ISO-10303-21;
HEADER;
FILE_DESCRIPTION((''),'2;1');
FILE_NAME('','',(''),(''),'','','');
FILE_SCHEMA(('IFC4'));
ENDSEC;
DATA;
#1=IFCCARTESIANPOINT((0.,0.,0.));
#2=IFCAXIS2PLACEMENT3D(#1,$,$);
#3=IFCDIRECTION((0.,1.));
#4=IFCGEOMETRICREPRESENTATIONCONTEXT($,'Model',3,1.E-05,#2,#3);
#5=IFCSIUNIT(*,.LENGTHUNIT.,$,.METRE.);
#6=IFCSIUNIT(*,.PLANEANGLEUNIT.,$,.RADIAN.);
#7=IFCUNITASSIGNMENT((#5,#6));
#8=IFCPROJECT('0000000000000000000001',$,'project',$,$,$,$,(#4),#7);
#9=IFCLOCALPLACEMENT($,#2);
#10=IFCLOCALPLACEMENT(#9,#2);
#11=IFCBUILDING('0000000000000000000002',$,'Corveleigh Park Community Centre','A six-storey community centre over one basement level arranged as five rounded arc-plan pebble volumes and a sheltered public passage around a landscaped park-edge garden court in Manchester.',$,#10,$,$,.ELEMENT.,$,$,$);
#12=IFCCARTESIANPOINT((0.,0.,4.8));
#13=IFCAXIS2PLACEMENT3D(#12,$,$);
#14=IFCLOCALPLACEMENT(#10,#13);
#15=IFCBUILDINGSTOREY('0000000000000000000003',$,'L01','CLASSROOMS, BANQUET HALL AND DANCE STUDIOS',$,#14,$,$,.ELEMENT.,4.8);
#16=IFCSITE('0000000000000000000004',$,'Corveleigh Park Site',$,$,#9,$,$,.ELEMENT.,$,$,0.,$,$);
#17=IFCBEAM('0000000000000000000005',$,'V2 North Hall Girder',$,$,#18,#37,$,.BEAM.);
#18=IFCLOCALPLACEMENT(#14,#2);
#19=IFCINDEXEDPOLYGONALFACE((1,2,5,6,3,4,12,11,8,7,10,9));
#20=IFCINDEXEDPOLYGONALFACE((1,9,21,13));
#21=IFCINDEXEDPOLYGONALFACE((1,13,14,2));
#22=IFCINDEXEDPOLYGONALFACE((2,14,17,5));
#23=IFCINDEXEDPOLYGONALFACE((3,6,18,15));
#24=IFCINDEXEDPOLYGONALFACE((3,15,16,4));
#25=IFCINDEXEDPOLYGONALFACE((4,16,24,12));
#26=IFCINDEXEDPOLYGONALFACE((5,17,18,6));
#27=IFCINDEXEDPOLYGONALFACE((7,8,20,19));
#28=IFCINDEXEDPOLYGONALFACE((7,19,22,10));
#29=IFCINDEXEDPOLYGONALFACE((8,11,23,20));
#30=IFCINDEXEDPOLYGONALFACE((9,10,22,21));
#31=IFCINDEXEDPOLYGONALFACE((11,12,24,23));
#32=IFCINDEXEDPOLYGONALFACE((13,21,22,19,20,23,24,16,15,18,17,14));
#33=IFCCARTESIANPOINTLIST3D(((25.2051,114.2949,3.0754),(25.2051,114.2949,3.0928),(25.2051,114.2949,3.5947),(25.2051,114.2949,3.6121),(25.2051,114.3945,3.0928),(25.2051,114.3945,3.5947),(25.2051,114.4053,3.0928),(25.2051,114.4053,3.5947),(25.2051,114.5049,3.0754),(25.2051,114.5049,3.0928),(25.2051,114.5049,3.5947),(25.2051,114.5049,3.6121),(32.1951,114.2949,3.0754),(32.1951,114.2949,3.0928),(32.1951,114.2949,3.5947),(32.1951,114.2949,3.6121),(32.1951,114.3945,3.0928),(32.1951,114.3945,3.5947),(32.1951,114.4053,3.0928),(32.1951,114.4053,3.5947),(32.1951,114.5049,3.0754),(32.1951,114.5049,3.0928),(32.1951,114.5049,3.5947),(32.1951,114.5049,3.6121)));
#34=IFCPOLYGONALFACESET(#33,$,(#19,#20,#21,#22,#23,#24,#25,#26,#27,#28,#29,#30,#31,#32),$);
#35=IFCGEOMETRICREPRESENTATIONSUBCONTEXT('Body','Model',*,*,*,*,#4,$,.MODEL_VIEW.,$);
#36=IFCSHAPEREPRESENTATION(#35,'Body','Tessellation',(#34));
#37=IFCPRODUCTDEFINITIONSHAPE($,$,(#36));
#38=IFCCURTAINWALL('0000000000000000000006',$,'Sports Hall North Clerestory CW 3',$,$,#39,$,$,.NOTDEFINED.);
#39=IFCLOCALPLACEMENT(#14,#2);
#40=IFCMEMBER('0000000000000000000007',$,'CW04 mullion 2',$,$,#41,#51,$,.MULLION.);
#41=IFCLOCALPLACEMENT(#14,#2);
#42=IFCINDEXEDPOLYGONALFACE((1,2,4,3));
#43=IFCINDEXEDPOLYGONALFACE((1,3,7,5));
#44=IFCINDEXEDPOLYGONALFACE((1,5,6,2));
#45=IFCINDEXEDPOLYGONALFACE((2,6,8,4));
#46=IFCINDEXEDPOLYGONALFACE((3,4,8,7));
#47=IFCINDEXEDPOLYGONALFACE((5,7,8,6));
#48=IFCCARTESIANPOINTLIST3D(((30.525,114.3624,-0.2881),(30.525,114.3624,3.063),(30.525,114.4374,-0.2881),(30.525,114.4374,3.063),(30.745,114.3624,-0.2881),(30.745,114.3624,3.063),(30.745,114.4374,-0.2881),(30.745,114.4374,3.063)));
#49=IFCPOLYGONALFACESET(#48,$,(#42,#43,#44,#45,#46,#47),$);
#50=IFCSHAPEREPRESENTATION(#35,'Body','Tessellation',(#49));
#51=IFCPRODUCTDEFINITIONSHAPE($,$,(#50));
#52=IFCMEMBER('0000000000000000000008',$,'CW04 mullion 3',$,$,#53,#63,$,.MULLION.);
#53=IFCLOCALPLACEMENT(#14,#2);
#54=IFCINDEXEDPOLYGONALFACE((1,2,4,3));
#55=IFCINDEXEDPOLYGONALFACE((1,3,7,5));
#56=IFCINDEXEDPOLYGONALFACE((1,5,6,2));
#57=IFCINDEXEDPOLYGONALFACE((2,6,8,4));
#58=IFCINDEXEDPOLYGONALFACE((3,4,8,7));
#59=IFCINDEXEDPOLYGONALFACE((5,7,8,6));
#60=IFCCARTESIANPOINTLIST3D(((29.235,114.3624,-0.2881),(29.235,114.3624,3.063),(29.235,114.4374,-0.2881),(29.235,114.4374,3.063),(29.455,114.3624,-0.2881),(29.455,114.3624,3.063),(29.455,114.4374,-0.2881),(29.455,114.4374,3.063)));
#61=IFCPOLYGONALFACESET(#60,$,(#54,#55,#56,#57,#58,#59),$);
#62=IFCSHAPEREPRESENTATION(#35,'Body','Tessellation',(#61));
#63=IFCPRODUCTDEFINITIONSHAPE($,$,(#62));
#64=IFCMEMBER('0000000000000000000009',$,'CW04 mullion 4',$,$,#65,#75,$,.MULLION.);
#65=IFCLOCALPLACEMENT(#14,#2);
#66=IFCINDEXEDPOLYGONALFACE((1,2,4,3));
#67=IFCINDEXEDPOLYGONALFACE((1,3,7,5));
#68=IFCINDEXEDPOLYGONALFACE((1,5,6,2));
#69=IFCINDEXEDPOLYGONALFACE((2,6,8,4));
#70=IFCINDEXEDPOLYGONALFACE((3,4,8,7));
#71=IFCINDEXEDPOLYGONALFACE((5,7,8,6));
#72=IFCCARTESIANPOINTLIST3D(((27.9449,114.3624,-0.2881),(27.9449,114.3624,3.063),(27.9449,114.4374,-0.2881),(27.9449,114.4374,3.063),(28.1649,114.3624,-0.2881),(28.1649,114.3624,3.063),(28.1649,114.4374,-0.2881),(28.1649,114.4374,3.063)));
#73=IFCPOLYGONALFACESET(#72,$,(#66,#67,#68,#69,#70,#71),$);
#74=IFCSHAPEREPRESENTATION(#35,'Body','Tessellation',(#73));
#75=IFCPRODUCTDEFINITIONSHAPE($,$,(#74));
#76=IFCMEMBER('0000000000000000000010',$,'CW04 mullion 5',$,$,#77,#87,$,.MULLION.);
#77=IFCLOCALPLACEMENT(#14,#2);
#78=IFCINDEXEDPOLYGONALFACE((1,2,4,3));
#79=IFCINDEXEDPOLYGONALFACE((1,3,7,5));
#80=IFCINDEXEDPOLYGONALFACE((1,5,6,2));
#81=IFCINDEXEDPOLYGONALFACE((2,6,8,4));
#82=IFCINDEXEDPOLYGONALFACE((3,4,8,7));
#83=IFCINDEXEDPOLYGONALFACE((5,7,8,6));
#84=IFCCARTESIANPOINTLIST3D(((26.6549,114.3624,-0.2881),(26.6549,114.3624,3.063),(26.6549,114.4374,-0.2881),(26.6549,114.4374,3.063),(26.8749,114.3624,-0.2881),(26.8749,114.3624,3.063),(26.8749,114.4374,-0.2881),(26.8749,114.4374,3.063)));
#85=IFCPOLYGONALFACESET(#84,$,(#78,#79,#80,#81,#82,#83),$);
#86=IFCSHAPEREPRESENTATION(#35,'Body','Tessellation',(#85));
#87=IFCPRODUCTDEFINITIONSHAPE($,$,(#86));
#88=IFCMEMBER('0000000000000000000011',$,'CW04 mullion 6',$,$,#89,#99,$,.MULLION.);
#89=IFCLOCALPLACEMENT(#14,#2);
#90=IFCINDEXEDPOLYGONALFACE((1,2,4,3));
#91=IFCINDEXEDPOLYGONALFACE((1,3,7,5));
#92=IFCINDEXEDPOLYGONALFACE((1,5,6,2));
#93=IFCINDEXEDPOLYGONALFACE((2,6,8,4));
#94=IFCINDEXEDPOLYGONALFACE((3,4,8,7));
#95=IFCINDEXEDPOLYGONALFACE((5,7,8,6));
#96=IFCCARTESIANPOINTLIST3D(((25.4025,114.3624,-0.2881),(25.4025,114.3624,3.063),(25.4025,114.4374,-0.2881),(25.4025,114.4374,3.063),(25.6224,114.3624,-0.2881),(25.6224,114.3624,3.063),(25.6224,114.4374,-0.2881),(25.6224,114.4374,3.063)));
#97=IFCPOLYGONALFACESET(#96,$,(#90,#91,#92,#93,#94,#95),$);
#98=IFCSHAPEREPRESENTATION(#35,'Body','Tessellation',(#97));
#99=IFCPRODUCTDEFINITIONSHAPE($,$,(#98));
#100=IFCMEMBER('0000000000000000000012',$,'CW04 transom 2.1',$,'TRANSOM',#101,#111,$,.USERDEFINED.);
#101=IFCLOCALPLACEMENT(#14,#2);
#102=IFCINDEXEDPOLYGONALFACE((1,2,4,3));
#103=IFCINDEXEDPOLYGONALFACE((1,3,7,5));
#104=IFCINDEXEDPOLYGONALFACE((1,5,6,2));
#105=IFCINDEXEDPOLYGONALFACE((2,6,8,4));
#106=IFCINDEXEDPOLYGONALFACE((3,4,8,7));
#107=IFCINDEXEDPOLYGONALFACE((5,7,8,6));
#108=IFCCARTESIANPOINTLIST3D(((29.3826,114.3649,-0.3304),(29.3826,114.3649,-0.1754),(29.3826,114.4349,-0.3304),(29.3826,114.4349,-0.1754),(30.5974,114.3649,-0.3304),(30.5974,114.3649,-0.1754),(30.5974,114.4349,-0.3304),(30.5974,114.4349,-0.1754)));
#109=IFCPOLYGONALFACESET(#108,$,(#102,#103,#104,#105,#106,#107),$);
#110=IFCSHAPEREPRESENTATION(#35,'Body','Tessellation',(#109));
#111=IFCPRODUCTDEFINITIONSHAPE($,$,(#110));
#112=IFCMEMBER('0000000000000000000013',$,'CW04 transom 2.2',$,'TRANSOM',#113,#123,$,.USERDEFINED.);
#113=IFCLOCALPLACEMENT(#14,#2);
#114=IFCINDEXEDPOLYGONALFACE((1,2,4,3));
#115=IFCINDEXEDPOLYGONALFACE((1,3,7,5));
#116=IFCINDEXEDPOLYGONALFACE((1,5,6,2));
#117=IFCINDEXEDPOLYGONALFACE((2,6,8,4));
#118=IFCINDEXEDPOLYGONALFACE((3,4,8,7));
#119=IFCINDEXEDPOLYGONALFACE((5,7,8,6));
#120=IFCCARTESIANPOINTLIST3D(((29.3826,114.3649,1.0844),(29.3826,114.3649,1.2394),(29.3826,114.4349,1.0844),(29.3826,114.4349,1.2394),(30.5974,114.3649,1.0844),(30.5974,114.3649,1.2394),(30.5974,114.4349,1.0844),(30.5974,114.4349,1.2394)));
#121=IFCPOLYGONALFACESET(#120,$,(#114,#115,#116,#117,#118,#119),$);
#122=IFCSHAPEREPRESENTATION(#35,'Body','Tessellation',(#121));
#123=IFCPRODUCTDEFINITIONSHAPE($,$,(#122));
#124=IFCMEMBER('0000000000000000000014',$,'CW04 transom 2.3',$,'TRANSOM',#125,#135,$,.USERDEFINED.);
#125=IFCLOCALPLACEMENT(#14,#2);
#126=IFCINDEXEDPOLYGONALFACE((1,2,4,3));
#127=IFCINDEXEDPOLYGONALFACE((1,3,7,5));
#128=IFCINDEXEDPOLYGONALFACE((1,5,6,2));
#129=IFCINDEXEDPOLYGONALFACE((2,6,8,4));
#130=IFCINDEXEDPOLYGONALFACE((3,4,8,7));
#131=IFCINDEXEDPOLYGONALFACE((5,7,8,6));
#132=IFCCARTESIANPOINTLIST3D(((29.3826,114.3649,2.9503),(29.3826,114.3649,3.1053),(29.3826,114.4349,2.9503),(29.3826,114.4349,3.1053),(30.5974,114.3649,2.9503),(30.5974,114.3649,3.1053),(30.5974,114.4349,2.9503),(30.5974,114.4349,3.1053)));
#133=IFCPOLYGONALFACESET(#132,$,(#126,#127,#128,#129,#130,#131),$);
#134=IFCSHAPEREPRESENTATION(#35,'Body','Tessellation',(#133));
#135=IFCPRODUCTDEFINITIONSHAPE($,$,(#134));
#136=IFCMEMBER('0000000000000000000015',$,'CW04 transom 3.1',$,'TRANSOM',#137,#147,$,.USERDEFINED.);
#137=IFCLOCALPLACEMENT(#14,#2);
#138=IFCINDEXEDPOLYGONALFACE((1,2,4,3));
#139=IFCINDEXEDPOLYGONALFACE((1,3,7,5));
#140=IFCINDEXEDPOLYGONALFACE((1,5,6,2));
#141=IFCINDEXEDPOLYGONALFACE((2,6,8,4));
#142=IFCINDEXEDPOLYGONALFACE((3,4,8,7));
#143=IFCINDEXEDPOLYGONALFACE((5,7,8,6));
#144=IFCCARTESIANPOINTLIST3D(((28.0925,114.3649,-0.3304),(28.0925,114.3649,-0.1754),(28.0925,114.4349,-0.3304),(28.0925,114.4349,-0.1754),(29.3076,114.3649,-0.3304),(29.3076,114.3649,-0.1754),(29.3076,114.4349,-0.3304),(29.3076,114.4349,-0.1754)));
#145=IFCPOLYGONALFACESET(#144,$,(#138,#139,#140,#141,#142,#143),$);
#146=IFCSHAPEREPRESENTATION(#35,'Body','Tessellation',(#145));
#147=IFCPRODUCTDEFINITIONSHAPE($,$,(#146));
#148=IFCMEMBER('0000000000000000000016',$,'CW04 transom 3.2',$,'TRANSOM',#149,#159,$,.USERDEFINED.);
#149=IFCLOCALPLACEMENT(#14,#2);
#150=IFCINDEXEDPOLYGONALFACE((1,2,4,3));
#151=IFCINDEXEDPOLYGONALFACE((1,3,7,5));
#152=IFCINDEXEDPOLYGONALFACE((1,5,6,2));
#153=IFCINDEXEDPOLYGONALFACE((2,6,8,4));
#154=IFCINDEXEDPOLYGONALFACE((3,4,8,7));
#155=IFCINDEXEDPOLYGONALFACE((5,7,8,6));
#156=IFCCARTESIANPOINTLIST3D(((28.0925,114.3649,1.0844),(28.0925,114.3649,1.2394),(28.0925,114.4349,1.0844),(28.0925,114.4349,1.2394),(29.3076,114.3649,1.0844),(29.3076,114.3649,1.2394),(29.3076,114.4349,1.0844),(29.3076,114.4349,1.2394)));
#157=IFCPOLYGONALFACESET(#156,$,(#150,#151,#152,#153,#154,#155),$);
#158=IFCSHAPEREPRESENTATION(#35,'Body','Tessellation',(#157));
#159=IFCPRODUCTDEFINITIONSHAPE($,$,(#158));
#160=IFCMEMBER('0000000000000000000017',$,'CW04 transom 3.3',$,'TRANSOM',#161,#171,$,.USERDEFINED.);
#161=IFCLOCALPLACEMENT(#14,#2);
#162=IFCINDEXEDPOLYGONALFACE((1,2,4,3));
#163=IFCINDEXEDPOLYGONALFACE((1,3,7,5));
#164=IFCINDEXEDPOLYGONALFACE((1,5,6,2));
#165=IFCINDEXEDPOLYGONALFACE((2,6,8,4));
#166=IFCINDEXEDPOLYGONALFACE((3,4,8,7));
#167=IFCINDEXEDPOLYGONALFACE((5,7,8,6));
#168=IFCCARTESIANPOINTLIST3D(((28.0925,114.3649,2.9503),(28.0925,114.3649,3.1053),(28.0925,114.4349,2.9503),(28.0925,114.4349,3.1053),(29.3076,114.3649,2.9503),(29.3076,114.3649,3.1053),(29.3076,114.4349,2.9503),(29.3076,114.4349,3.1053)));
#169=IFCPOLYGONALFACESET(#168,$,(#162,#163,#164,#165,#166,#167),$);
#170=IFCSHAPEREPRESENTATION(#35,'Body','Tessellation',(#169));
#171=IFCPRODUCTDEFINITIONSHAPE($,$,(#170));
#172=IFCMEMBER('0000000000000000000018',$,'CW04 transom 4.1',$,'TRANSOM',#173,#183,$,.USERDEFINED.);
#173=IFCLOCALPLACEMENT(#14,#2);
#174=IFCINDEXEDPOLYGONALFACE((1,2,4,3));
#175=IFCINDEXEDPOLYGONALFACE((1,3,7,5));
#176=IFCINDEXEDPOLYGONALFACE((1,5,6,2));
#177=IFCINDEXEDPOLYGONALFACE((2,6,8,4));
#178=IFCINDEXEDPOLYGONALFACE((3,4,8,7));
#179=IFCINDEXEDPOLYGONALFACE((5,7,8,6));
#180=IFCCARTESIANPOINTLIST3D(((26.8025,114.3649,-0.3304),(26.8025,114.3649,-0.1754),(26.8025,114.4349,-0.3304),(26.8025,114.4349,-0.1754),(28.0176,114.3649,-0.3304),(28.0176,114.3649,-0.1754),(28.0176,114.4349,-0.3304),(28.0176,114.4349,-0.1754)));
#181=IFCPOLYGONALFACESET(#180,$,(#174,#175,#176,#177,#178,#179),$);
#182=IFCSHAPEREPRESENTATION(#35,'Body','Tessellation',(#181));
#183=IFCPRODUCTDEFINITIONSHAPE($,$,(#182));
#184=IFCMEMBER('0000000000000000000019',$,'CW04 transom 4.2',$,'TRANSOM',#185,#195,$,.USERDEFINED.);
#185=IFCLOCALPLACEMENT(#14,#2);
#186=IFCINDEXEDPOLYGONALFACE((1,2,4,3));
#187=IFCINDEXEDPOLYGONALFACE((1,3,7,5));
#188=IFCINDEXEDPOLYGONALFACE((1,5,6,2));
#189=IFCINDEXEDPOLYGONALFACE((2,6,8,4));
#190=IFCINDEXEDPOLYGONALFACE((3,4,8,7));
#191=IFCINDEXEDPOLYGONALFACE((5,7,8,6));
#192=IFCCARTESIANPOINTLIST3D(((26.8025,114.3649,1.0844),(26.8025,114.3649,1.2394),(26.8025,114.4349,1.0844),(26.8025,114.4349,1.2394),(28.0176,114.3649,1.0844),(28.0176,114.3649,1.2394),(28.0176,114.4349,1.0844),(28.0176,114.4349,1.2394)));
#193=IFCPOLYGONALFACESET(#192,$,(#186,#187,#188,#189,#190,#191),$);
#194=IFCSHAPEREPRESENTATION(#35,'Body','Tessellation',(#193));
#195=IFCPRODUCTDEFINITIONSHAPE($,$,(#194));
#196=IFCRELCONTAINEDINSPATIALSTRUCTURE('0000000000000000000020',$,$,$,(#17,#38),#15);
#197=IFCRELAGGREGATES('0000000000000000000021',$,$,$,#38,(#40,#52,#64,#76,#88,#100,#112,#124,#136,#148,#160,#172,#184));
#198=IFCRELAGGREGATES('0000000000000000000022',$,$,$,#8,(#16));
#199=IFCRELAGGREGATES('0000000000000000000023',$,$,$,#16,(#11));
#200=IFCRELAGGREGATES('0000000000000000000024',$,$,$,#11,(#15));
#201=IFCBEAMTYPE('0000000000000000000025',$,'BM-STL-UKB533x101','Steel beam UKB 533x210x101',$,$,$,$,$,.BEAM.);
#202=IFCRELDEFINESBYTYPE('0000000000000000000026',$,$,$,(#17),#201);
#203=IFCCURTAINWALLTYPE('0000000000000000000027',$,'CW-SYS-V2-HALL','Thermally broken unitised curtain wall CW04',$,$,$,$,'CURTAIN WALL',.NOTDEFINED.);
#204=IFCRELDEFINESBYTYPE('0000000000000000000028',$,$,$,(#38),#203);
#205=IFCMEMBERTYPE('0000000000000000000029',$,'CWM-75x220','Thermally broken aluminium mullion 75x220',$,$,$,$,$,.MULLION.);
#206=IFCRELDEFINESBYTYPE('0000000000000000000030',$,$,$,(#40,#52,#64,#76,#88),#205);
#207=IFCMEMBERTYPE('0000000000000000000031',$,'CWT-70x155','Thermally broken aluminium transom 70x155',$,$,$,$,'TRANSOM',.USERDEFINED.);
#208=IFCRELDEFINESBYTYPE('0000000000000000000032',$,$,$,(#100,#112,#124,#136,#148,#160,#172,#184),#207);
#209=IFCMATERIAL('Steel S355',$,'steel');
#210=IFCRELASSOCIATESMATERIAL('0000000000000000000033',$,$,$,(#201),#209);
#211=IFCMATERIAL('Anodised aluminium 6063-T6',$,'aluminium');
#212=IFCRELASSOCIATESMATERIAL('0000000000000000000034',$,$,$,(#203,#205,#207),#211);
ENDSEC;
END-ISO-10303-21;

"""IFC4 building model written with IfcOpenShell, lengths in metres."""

from ifc_helpers import new_model, si_unit, direction, frame, origin, origin_2d, place, context, subcontext, project, spatial, rectangle, i_section, extrude, material, material_profile, profile_set, type_object, element, aggregate, save


model = new_model("IFC4")

# Units and contexts
model_context = context("Model", 3, precision=1e-05, world=origin(), true_north=direction((0.0, 1.0)))
body_context = subcontext(model_context, "Body", "Model", "MODEL_VIEW")
ifc_project = project(units=[si_unit("LENGTHUNIT", "METRE"), si_unit("PLANEANGLEUNIT", "RADIAN")], contexts=[model_context])

# Site, building, storey
site_placement = place(None, origin())
site = spatial("IfcSite", under=ifc_project, at=site_placement, Name="Corveleigh Park Site", CompositionType="ELEMENT", RefElevation=0.0)
building_placement = place(site_placement, origin())
building = spatial("IfcBuilding", under=site, at=building_placement, Name="Corveleigh Park Community Centre", Description="A six-storey community centre over one basement level arranged as five rounded arc-plan pebble volumes and a sheltered public passage around a landscaped park-edge garden court in Manchester.", CompositionType="ELEMENT")
storey_placement = place(building_placement, frame((0.0, 0.0, 4.8)))
storey = spatial("IfcBuildingStorey", under=building, at=storey_placement, Name="L01", Description="CLASSROOMS, BANQUET HALL AND DANCE STUDIOS", CompositionType="ELEMENT", Elevation=4.8)

# Beam
ifc_material_1 = material(Name="Steel S355", Category="steel")
ifc_material_profile_1 = material_profile(ifc_material_1, i_section(OverallWidth=0.21, OverallDepth=0.5366, WebThickness=0.0107, FlangeThickness=0.0173, at=origin_2d()), Name="UKB 533x210x101", Category="steel")
ifc_profile_set_1 = profile_set([ifc_material_profile_1], Name="Steel S355")
beam_type = type_object("IfcBeamType", Name="BM-STL-UKB533x101", Description="Steel beam UKB 533x210x101", PredefinedType="BEAM", material=ifc_profile_set_1)
beam_placement = place(storey_placement, frame((25.2051, 114.3999, 3.3438), z_axis=(1.0, 0.0, 0.0), x_axis=(0.0, 1.0, 0.0)))
element("IfcBeam", 1, at=beam_placement, inside=storey, type_object=beam_type, Name="V2 North Hall Girder", PredefinedType="BEAM", context=body_context, shape_type="SweptSolid", body=[
    extrude(i_section(OverallWidth=0.21, OverallDepth=0.5366, WebThickness=0.0107, FlangeThickness=0.0173, at=origin_2d()), origin(), (0.0, 0.0, 1.0), 6.99),
])

# Curtain wall, members
ifc_material_2 = material(Name="Anodised aluminium 6063-T6", Category="aluminium")
curtain_wall_type = type_object("IfcCurtainWallType", Name="CW-SYS-V2-HALL", Description="Thermally broken unitised curtain wall CW04", ElementType="CURTAIN WALL", PredefinedType="NOTDEFINED", material=ifc_material_2)
curtain_wall_placement = place(storey_placement, origin())
curtain_wall = element("IfcCurtainWall", 2, at=curtain_wall_placement, inside=storey, type_object=curtain_wall_type, Name="Sports Hall North Clerestory CW 3", PredefinedType="NOTDEFINED")
ifc_material_profile_2 = material_profile(ifc_material_2, rectangle(XDim=0.075, YDim=0.22, at=origin_2d()), Name="ALU-M75x220", Category="aluminium")
ifc_profile_set_2 = profile_set([ifc_material_profile_2], Name="Anodised aluminium 6063-T6")
member_type_1 = type_object("IfcMemberType", Name="CWM-75x220", Description="Thermally broken aluminium mullion 75x220", PredefinedType="MULLION", material=ifc_profile_set_2)
member_1_placement = place(storey_placement, frame((30.635, 114.3999, -0.2881), z_axis=(0.0, 0.0, 1.0), x_axis=(0.0, -1.0, 0.0)))
member_1 = element("IfcMember", 3, at=member_1_placement, type_object=member_type_1, Name="CW04 mullion 2", PredefinedType="MULLION", context=body_context, shape_type="SweptSolid", body=[
    extrude(rectangle(XDim=0.075, YDim=0.22, at=origin_2d()), origin(), (0.0, 0.0, 1.0), 3.3511),
])
member_2_placement = place(storey_placement, frame((29.345, 114.3999, -0.2881), z_axis=(0.0, 0.0, 1.0), x_axis=(0.0, -1.0, 0.0)))
member_2 = element("IfcMember", 4, at=member_2_placement, type_object=member_type_1, Name="CW04 mullion 3", PredefinedType="MULLION", context=body_context, shape_type="SweptSolid", body=[
    extrude(rectangle(XDim=0.075, YDim=0.22, at=origin_2d()), origin(), (0.0, 0.0, 1.0), 3.3511),
])
member_3_placement = place(storey_placement, frame((28.0549, 114.3999, -0.2881), z_axis=(0.0, 0.0, 1.0), x_axis=(0.0, -1.0, 0.0)))
member_3 = element("IfcMember", 5, at=member_3_placement, type_object=member_type_1, Name="CW04 mullion 4", PredefinedType="MULLION", context=body_context, shape_type="SweptSolid", body=[
    extrude(rectangle(XDim=0.075, YDim=0.22, at=origin_2d()), origin(), (0.0, 0.0, 1.0), 3.3511),
])
member_4_placement = place(storey_placement, frame((26.7649, 114.3999, -0.2881), z_axis=(0.0, 0.0, 1.0), x_axis=(0.0, -1.0, 0.0)))
member_4 = element("IfcMember", 6, at=member_4_placement, type_object=member_type_1, Name="CW04 mullion 5", PredefinedType="MULLION", context=body_context, shape_type="SweptSolid", body=[
    extrude(rectangle(XDim=0.075, YDim=0.22, at=origin_2d()), origin(), (0.0, 0.0, 1.0), 3.3511),
])
member_5_placement = place(storey_placement, frame((25.5125, 114.3999, -0.2881), z_axis=(0.0, 0.0, 1.0), x_axis=(0.0, -1.0, 0.0)))
member_5 = element("IfcMember", 7, at=member_5_placement, type_object=member_type_1, Name="CW04 mullion 6", PredefinedType="MULLION", context=body_context, shape_type="SweptSolid", body=[
    extrude(rectangle(XDim=0.075, YDim=0.22, at=origin_2d()), origin(), (0.0, 0.0, 1.0), 3.3511),
])
ifc_material_profile_3 = material_profile(ifc_material_2, rectangle(XDim=0.0701, YDim=0.155, at=origin_2d()), Name="ALU-T70x155", Category="aluminium")
ifc_profile_set_3 = profile_set([ifc_material_profile_3], Name="Anodised aluminium 6063-T6")
member_type_2 = type_object("IfcMemberType", Name="CWT-70x155", Description="Thermally broken aluminium transom 70x155", ElementType="TRANSOM", PredefinedType="USERDEFINED", material=ifc_profile_set_3)
member_6_placement = place(storey_placement, frame((30.5974, 114.3999, -0.2529), z_axis=(-1.0, 0.0, 0.0), x_axis=(0.0, -1.0, 0.0)))
member_6 = element("IfcMember", 8, at=member_6_placement, type_object=member_type_2, Name="CW04 transom 2.1", ObjectType="TRANSOM", PredefinedType="USERDEFINED", context=body_context, shape_type="SweptSolid", body=[
    extrude(rectangle(XDim=0.0701, YDim=0.155, at=origin_2d()), origin(), (0.0, 0.0, 1.0), 1.2148),
])
member_7_placement = place(storey_placement, frame((30.5974, 114.3999, 1.1619), z_axis=(-1.0, 0.0, 0.0), x_axis=(0.0, -1.0, 0.0)))
member_7 = element("IfcMember", 9, at=member_7_placement, type_object=member_type_2, Name="CW04 transom 2.2", ObjectType="TRANSOM", PredefinedType="USERDEFINED", context=body_context, shape_type="SweptSolid", body=[
    extrude(rectangle(XDim=0.0701, YDim=0.155, at=origin_2d()), origin(), (0.0, 0.0, 1.0), 1.2148),
])
member_8_placement = place(storey_placement, frame((30.5974, 114.3999, 3.0278), z_axis=(-1.0, 0.0, 0.0), x_axis=(0.0, -1.0, 0.0)))
member_8 = element("IfcMember", 10, at=member_8_placement, type_object=member_type_2, Name="CW04 transom 2.3", ObjectType="TRANSOM", PredefinedType="USERDEFINED", context=body_context, shape_type="SweptSolid", body=[
    extrude(rectangle(XDim=0.0701, YDim=0.155, at=origin_2d()), origin(), (0.0, 0.0, 1.0), 1.2148),
])
member_9_placement = place(storey_placement, frame((29.3076, 114.3999, -0.2529), z_axis=(-1.0, 0.0, 0.0), x_axis=(0.0, -1.0, 0.0)))
member_9 = element("IfcMember", 11, at=member_9_placement, type_object=member_type_2, Name="CW04 transom 3.1", ObjectType="TRANSOM", PredefinedType="USERDEFINED", context=body_context, shape_type="SweptSolid", body=[
    extrude(rectangle(XDim=0.0701, YDim=0.155, at=origin_2d()), origin(), (0.0, 0.0, 1.0), 1.2151),
])
member_10_placement = place(storey_placement, frame((29.3076, 114.3999, 1.1619), z_axis=(-1.0, 0.0, 0.0), x_axis=(0.0, -1.0, 0.0)))
member_10 = element("IfcMember", 12, at=member_10_placement, type_object=member_type_2, Name="CW04 transom 3.2", ObjectType="TRANSOM", PredefinedType="USERDEFINED", context=body_context, shape_type="SweptSolid", body=[
    extrude(rectangle(XDim=0.0701, YDim=0.155, at=origin_2d()), origin(), (0.0, 0.0, 1.0), 1.2151),
])
member_11_placement = place(storey_placement, frame((29.3076, 114.3999, 3.0278), z_axis=(-1.0, 0.0, 0.0), x_axis=(0.0, -1.0, 0.0)))
member_11 = element("IfcMember", 13, at=member_11_placement, type_object=member_type_2, Name="CW04 transom 3.3", ObjectType="TRANSOM", PredefinedType="USERDEFINED", context=body_context, shape_type="SweptSolid", body=[
    extrude(rectangle(XDim=0.0701, YDim=0.155, at=origin_2d()), origin(), (0.0, 0.0, 1.0), 1.2151),
])
member_12_placement = place(storey_placement, frame((28.0176, 114.3999, -0.2529), z_axis=(-1.0, 0.0, 0.0), x_axis=(0.0, -1.0, 0.0)))
member_12 = element("IfcMember", 14, at=member_12_placement, type_object=member_type_2, Name="CW04 transom 4.1", ObjectType="TRANSOM", PredefinedType="USERDEFINED", context=body_context, shape_type="SweptSolid", body=[
    extrude(rectangle(XDim=0.0701, YDim=0.155, at=origin_2d()), origin(), (0.0, 0.0, 1.0), 1.2151),
])
member_13_placement = place(storey_placement, frame((28.0176, 114.3999, 1.1619), z_axis=(-1.0, 0.0, 0.0), x_axis=(0.0, -1.0, 0.0)))
member_13 = element("IfcMember", 15, at=member_13_placement, type_object=member_type_2, Name="CW04 transom 4.2", ObjectType="TRANSOM", PredefinedType="USERDEFINED", context=body_context, shape_type="SweptSolid", body=[
    extrude(rectangle(XDim=0.0701, YDim=0.155, at=origin_2d()), origin(), (0.0, 0.0, 1.0), 1.2151),
])
aggregate(curtain_wall, [member_1, member_2, member_3, member_4, member_5, member_6, member_7, member_8, member_9, member_10, member_11, member_12, member_13])

save(model, "model.ifc")
